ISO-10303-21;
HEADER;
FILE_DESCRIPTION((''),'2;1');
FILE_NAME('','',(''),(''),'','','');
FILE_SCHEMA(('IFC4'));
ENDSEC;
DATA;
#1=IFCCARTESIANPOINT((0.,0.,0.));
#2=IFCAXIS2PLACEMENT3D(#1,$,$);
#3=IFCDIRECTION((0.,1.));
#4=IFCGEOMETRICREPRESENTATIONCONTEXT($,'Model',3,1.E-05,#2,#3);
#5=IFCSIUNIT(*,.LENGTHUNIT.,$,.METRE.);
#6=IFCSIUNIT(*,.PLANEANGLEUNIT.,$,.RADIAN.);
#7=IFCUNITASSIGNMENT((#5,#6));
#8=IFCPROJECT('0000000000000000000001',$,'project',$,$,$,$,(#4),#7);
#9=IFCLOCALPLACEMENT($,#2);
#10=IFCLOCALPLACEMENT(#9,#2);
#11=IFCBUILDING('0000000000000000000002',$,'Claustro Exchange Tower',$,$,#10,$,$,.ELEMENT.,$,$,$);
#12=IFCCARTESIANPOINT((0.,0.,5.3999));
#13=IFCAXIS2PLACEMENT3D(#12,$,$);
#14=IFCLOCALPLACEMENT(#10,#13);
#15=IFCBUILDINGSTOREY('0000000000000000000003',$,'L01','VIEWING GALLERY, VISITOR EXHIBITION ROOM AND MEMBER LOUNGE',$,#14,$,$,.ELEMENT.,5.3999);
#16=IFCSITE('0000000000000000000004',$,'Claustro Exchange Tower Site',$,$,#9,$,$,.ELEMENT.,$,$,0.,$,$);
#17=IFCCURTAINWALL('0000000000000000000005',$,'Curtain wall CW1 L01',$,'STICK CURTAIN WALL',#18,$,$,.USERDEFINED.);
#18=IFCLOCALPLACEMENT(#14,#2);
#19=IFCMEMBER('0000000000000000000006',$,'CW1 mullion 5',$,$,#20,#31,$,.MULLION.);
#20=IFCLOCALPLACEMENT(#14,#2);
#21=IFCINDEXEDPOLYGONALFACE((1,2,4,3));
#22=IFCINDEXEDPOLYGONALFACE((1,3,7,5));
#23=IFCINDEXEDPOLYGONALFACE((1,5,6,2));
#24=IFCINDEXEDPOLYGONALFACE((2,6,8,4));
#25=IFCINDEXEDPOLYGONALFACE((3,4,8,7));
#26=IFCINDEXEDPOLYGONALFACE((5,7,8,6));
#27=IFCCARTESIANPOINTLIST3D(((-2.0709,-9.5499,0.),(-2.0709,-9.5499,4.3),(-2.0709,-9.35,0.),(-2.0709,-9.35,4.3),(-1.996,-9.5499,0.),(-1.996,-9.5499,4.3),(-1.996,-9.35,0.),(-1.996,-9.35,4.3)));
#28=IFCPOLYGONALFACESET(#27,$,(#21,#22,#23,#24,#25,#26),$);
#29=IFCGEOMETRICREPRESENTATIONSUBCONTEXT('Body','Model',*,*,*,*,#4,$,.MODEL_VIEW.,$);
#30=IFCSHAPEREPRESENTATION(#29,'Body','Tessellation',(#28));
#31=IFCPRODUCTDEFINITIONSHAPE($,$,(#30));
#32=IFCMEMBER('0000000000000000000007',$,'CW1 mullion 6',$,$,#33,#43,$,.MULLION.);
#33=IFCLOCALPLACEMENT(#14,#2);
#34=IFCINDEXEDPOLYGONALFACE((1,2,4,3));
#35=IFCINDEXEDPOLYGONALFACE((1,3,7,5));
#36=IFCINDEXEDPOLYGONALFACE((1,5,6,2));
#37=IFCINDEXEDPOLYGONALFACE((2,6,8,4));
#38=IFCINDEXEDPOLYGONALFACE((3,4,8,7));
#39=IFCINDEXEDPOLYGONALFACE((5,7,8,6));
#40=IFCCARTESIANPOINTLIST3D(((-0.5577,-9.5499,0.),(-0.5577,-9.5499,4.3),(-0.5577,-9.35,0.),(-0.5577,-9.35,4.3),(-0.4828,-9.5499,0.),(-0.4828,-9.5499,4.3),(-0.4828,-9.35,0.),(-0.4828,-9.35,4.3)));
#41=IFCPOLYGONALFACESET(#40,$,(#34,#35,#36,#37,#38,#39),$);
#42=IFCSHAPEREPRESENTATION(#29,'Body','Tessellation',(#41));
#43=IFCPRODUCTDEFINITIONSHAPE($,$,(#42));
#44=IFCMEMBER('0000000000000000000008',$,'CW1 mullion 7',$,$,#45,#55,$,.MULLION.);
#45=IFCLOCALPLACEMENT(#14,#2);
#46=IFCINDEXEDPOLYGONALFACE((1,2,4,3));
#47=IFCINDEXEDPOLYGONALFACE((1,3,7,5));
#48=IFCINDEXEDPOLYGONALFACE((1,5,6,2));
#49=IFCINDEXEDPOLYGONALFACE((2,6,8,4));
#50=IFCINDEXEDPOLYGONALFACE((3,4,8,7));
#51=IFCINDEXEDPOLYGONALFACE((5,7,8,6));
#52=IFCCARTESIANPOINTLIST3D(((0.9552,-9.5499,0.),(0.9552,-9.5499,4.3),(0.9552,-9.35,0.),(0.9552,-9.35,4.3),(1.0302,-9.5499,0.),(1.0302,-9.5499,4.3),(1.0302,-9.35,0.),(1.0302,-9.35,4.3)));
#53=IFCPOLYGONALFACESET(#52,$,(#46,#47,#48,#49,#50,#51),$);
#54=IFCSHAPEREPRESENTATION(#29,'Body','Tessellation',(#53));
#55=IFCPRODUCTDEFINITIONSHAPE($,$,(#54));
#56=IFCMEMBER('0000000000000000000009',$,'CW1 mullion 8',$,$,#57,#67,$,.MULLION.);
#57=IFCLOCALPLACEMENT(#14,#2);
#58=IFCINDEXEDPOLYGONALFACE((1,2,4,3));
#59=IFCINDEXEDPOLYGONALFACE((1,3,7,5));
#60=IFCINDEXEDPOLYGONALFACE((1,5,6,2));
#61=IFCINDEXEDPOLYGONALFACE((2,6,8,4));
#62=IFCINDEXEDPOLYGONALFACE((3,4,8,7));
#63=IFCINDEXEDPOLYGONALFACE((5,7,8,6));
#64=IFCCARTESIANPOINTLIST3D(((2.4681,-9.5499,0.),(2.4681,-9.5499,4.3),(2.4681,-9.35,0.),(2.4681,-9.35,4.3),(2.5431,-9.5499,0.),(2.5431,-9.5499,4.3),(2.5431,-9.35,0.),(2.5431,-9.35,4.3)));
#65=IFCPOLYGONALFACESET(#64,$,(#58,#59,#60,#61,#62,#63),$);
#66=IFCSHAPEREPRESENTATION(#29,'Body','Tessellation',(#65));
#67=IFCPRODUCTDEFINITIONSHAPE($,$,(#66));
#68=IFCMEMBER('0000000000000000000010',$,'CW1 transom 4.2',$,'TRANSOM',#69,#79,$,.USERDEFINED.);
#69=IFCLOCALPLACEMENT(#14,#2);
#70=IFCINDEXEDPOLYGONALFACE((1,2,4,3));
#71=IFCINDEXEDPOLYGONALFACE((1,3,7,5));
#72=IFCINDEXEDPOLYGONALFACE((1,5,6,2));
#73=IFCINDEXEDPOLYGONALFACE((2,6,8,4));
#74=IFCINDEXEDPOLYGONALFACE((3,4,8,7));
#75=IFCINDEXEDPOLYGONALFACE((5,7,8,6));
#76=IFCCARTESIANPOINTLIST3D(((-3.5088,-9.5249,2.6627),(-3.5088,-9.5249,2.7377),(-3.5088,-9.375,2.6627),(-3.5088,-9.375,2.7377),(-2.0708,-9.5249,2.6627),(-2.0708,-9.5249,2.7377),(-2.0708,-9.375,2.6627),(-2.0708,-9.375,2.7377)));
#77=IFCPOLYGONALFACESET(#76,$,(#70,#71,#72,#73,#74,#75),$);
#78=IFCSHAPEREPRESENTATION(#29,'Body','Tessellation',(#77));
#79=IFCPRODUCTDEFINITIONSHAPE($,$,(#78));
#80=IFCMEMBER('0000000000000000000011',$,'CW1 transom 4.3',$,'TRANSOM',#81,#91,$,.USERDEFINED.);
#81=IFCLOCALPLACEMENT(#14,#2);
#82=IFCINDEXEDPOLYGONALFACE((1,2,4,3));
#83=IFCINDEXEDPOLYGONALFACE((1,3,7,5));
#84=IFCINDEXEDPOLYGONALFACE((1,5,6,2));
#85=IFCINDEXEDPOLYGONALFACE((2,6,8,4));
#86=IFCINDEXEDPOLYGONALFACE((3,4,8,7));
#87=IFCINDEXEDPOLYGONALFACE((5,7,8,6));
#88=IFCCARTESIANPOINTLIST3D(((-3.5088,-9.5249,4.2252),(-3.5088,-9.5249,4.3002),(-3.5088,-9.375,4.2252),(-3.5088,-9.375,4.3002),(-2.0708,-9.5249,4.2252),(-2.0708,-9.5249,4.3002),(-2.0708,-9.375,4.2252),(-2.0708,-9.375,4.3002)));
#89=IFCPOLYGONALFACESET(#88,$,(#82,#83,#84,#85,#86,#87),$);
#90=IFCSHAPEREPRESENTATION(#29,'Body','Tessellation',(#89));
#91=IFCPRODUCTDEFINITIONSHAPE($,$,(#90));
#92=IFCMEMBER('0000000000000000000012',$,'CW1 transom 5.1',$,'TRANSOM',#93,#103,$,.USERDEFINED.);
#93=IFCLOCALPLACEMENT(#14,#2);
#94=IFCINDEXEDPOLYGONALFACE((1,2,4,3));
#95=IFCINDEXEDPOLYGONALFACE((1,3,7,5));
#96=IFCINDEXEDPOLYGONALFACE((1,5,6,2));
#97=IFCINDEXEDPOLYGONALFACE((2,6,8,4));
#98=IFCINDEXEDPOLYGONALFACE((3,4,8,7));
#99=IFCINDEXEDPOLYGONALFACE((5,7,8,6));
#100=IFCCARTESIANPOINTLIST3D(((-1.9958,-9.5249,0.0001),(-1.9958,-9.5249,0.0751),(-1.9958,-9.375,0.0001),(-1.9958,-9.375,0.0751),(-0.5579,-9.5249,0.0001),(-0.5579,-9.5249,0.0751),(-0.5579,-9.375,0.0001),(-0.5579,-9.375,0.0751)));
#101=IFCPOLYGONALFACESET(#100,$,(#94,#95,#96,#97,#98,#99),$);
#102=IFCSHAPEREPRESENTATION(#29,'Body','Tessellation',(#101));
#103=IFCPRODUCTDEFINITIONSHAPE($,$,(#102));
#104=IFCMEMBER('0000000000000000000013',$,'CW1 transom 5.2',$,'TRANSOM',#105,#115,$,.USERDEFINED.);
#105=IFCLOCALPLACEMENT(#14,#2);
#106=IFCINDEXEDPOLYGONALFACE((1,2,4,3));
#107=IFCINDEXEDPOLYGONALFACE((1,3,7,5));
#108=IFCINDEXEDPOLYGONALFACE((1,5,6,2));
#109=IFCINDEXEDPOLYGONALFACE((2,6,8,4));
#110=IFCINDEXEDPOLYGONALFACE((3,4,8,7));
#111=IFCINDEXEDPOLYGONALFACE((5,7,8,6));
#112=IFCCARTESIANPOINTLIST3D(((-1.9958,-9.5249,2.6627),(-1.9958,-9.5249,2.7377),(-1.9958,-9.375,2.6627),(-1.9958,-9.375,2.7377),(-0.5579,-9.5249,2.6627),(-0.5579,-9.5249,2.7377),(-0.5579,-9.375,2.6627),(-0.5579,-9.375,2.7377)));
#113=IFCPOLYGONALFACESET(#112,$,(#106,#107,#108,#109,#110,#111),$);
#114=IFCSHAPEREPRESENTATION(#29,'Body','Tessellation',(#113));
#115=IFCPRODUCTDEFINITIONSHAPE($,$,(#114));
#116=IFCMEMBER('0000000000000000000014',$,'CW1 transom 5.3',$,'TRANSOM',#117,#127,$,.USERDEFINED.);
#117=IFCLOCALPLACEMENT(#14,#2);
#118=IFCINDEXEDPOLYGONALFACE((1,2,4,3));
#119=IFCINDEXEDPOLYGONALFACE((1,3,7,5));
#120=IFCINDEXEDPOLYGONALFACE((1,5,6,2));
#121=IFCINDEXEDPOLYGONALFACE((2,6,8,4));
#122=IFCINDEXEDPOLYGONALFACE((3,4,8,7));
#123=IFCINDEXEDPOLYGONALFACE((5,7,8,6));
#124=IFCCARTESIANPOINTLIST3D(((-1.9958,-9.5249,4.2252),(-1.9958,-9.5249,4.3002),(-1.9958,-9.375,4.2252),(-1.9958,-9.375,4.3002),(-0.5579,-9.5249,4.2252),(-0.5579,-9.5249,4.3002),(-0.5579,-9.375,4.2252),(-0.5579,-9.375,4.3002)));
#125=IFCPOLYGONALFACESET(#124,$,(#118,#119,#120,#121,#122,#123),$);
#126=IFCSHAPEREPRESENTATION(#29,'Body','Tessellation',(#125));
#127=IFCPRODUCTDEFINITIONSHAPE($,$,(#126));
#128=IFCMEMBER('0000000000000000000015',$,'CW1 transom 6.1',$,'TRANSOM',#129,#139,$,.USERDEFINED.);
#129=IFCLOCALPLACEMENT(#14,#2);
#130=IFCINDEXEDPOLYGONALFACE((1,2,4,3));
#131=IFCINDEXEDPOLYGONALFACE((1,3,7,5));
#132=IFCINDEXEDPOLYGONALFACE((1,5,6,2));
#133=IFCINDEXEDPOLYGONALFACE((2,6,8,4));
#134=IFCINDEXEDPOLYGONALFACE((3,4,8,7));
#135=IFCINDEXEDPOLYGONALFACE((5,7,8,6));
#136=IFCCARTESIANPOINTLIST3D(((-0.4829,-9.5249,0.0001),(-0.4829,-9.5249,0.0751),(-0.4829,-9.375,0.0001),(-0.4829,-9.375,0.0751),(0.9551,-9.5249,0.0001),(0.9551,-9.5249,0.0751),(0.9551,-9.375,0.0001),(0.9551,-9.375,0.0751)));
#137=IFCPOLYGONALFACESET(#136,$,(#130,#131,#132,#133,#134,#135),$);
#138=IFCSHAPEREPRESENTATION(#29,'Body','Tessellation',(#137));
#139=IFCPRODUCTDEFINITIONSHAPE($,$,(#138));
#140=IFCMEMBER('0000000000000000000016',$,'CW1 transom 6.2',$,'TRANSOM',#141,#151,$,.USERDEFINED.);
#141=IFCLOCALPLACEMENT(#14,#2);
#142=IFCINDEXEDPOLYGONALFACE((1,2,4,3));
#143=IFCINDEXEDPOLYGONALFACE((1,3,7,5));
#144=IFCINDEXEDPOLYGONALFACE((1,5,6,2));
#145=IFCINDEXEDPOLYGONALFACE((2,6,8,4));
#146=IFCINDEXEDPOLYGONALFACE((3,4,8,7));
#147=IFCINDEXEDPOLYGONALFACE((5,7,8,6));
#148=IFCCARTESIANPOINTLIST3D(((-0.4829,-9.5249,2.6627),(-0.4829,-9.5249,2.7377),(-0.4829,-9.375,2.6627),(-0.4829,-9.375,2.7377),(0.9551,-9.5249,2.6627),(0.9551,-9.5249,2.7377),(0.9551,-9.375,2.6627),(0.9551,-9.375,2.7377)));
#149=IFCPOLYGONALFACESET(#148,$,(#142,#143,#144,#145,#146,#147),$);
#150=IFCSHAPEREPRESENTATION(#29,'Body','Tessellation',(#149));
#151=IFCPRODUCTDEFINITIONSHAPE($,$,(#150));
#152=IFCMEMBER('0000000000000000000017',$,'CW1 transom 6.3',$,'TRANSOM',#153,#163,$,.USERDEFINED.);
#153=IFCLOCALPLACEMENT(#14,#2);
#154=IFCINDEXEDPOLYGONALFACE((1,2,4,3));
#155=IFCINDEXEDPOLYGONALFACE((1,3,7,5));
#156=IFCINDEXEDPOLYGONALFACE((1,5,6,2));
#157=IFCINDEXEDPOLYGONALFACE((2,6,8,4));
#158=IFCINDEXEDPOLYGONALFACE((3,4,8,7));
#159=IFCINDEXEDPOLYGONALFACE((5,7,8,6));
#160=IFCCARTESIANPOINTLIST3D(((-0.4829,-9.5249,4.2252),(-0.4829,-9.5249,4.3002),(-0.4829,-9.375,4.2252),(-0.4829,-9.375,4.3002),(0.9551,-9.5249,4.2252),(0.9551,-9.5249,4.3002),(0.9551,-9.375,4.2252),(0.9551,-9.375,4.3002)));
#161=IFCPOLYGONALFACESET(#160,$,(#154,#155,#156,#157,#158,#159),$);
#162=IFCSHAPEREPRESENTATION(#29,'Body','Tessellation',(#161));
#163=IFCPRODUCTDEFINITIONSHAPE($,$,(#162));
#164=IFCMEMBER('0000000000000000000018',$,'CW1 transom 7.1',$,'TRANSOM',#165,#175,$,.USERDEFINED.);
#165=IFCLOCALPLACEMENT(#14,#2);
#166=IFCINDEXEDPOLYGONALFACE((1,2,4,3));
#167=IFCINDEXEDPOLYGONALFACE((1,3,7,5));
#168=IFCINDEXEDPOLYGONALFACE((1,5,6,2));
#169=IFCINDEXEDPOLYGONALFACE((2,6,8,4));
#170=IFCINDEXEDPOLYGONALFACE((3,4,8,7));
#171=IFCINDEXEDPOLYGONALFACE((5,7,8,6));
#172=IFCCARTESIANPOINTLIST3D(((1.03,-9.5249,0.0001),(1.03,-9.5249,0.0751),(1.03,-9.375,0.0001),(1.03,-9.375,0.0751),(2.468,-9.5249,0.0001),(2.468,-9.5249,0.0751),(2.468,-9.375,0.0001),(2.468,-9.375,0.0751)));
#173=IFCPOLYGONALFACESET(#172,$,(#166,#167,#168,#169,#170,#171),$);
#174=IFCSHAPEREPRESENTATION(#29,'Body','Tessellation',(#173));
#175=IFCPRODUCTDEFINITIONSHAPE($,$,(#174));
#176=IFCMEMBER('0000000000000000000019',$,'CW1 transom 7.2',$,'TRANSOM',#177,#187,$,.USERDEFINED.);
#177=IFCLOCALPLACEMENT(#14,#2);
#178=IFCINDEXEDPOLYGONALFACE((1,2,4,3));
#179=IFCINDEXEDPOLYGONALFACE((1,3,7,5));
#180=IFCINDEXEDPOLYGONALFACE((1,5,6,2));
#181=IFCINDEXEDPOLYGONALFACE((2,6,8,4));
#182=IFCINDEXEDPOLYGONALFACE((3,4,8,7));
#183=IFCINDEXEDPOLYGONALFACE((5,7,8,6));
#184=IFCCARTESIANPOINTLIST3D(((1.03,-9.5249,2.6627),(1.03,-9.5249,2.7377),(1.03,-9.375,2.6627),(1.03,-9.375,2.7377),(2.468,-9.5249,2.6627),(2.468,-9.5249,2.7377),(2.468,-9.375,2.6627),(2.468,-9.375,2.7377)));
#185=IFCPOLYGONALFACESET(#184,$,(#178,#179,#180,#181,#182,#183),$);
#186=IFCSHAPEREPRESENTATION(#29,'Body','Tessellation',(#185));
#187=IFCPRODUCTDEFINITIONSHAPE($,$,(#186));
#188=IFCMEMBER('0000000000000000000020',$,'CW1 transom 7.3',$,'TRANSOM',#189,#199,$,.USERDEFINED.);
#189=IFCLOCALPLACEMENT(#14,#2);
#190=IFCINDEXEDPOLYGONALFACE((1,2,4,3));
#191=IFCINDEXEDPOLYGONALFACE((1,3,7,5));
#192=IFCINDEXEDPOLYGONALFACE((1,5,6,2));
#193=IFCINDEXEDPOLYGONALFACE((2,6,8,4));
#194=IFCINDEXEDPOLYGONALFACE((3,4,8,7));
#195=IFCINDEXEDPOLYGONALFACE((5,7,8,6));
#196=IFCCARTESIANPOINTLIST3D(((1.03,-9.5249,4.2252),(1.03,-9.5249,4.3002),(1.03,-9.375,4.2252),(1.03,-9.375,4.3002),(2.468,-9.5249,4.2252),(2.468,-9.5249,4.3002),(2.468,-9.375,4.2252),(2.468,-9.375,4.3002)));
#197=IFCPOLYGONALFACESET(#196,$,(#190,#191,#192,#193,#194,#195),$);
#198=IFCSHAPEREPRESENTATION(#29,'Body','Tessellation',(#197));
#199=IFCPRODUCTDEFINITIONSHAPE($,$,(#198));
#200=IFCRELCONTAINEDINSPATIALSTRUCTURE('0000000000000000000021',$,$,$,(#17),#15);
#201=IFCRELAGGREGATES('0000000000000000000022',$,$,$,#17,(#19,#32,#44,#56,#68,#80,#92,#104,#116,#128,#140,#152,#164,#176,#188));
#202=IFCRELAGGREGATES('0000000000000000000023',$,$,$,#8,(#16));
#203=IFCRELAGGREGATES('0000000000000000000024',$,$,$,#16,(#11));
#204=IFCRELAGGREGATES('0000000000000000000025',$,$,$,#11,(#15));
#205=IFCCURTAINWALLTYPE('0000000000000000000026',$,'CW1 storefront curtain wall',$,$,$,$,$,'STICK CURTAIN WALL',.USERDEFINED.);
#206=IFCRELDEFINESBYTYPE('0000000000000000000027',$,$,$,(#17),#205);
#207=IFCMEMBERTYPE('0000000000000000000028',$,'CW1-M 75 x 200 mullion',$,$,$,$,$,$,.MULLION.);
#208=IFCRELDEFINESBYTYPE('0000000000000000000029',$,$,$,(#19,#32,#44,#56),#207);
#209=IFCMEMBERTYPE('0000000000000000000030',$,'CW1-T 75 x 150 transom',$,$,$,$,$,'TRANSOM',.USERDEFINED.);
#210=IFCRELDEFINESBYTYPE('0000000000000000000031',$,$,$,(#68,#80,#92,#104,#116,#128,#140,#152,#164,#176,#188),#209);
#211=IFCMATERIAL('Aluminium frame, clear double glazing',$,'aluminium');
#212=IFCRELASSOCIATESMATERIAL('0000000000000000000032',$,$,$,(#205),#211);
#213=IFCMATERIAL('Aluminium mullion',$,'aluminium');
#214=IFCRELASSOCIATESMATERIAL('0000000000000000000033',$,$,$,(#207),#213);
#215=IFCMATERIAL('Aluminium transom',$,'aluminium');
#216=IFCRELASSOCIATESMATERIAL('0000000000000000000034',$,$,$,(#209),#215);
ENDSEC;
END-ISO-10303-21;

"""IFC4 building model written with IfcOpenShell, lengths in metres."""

from ifc_helpers import new_model, si_unit, direction, frame, origin, origin_2d, place, context, subcontext, project, spatial, rectangle, extrude, material, material_profile, profile_set, type_object, element, aggregate, save


model = new_model("IFC4")

# Units and contexts
model_context = context("Model", 3, precision=1e-05, world=origin(), true_north=direction((0.0, 1.0)))
body_context = subcontext(model_context, "Body", "Model", "MODEL_VIEW")
ifc_project = project(units=[si_unit("LENGTHUNIT", "METRE"), si_unit("PLANEANGLEUNIT", "RADIAN")], contexts=[model_context])

# Site, building, storey
site_placement = place(None, origin())
site = spatial("IfcSite", under=ifc_project, at=site_placement, Name="Claustro Exchange Tower Site", CompositionType="ELEMENT", RefElevation=0.0)
building_placement = place(site_placement, origin())
building = spatial("IfcBuilding", under=site, at=building_placement, Name="Claustro Exchange Tower", CompositionType="ELEMENT")
storey_placement = place(building_placement, frame((0.0, 0.0, 5.3999)))
storey = spatial("IfcBuildingStorey", under=building, at=storey_placement, Name="L01", Description="VIEWING GALLERY, VISITOR EXHIBITION ROOM AND MEMBER LOUNGE", CompositionType="ELEMENT", Elevation=5.3999)

# Curtain wall, members
ifc_material_1 = material(Name="Aluminium frame, clear double glazing", Category="aluminium")
curtain_wall_type = type_object("IfcCurtainWallType", Name="CW1 storefront curtain wall", ElementType="STICK CURTAIN WALL", PredefinedType="USERDEFINED", material=ifc_material_1)
curtain_wall_placement = place(storey_placement, origin())
curtain_wall = element("IfcCurtainWall", 1, at=curtain_wall_placement, inside=storey, type_object=curtain_wall_type, Name="Curtain wall CW1 L01", ObjectType="STICK CURTAIN WALL", PredefinedType="USERDEFINED")
ifc_material_2 = material(Name="Aluminium mullion", Category="aluminium")
ifc_material_profile_1 = material_profile(ifc_material_2, rectangle(XDim=0.2, YDim=0.075, at=origin_2d()), Name="CW1-M 75x200")
ifc_profile_set_1 = profile_set([ifc_material_profile_1], Name="Aluminium mullion")
member_type_1 = type_object("IfcMemberType", Name="CW1-M 75 x 200 mullion", PredefinedType="MULLION", material=ifc_profile_set_1)
member_1_placement = place(storey_placement, frame((-2.0334, -9.45, 0.0), z_axis=(0.0, 0.0, 1.0), x_axis=(0.0, 1.0, 0.0)))
member_1 = element("IfcMember", 2, at=member_1_placement, type_object=member_type_1, Name="CW1 mullion 5", PredefinedType="MULLION", context=body_context, shape_type="SweptSolid", body=[
    extrude(rectangle(XDim=0.2, YDim=0.075, at=origin_2d()), origin(), (0.0, 0.0, 1.0), 4.3),
])
member_2_placement = place(storey_placement, frame((-0.5203, -9.45, 0.0), z_axis=(0.0, 0.0, 1.0), x_axis=(0.0, 1.0, 0.0)))
member_2 = element("IfcMember", 3, at=member_2_placement, type_object=member_type_1, Name="CW1 mullion 6", PredefinedType="MULLION", context=body_context, shape_type="SweptSolid", body=[
    extrude(rectangle(XDim=0.2, YDim=0.075, at=origin_2d()), origin(), (0.0, 0.0, 1.0), 4.3),
])
member_3_placement = place(storey_placement, frame((0.9927, -9.45, 0.0), z_axis=(0.0, 0.0, 1.0), x_axis=(0.0, 1.0, 0.0)))
member_3 = element("IfcMember", 4, at=member_3_placement, type_object=member_type_1, Name="CW1 mullion 7", PredefinedType="MULLION", context=body_context, shape_type="SweptSolid", body=[
    extrude(rectangle(XDim=0.2, YDim=0.075, at=origin_2d()), origin(), (0.0, 0.0, 1.0), 4.3),
])
member_4_placement = place(storey_placement, frame((2.5056, -9.45, 0.0), z_axis=(0.0, 0.0, 1.0), x_axis=(0.0, 1.0, 0.0)))
member_4 = element("IfcMember", 5, at=member_4_placement, type_object=member_type_1, Name="CW1 mullion 8", PredefinedType="MULLION", context=body_context, shape_type="SweptSolid", body=[
    extrude(rectangle(XDim=0.2, YDim=0.075, at=origin_2d()), origin(), (0.0, 0.0, 1.0), 4.3),
])
ifc_material_3 = material(Name="Aluminium transom", Category="aluminium")
ifc_material_profile_2 = material_profile(ifc_material_3, rectangle(XDim=0.1499, YDim=0.075, at=origin_2d()), Name="CW1-T 75x150")
ifc_profile_set_2 = profile_set([ifc_material_profile_2], Name="Aluminium transom")
member_type_2 = type_object("IfcMemberType", Name="CW1-T 75 x 150 transom", ElementType="TRANSOM", PredefinedType="USERDEFINED", material=ifc_profile_set_2)
member_5_placement = place(storey_placement, frame((-3.5088, -9.45, 2.7002), z_axis=(1.0, 0.0, 0.0), x_axis=(0.0, 1.0, 0.0)))
member_5 = element("IfcMember", 6, at=member_5_placement, type_object=member_type_2, Name="CW1 transom 4.2", ObjectType="TRANSOM", PredefinedType="USERDEFINED", context=body_context, shape_type="SweptSolid", body=[
    extrude(rectangle(XDim=0.1499, YDim=0.075, at=origin_2d()), origin(), (0.0, 0.0, 1.0), 1.438),
])
member_6_placement = place(storey_placement, frame((-3.5088, -9.45, 4.2627), z_axis=(1.0, 0.0, 0.0), x_axis=(0.0, 1.0, 0.0)))
member_6 = element("IfcMember", 7, at=member_6_placement, type_object=member_type_2, Name="CW1 transom 4.3", ObjectType="TRANSOM", PredefinedType="USERDEFINED", context=body_context, shape_type="SweptSolid", body=[
    extrude(rectangle(XDim=0.1499, YDim=0.075, at=origin_2d()), origin(), (0.0, 0.0, 1.0), 1.438),
])
member_7_placement = place(storey_placement, frame((-1.9958, -9.45, 0.0376), z_axis=(1.0, 0.0, 0.0), x_axis=(0.0, 1.0, 0.0)))
member_7 = element("IfcMember", 8, at=member_7_placement, type_object=member_type_2, Name="CW1 transom 5.1", ObjectType="TRANSOM", PredefinedType="USERDEFINED", context=body_context, shape_type="SweptSolid", body=[
    extrude(rectangle(XDim=0.1499, YDim=0.075, at=origin_2d()), origin(), (0.0, 0.0, 1.0), 1.438),
])
member_8_placement = place(storey_placement, frame((-1.9958, -9.45, 2.7002), z_axis=(1.0, 0.0, 0.0), x_axis=(0.0, 1.0, 0.0)))
member_8 = element("IfcMember", 9, at=member_8_placement, type_object=member_type_2, Name="CW1 transom 5.2", ObjectType="TRANSOM", PredefinedType="USERDEFINED", context=body_context, shape_type="SweptSolid", body=[
    extrude(rectangle(XDim=0.1499, YDim=0.075, at=origin_2d()), origin(), (0.0, 0.0, 1.0), 1.438),
])
member_9_placement = place(storey_placement, frame((-1.9958, -9.45, 4.2627), z_axis=(1.0, 0.0, 0.0), x_axis=(0.0, 1.0, 0.0)))
member_9 = element("IfcMember", 10, at=member_9_placement, type_object=member_type_2, Name="CW1 transom 5.3", ObjectType="TRANSOM", PredefinedType="USERDEFINED", context=body_context, shape_type="SweptSolid", body=[
    extrude(rectangle(XDim=0.1499, YDim=0.075, at=origin_2d()), origin(), (0.0, 0.0, 1.0), 1.438),
])
member_10_placement = place(storey_placement, frame((-0.4829, -9.45, 0.0376), z_axis=(1.0, 0.0, 0.0), x_axis=(0.0, 1.0, 0.0)))
member_10 = element("IfcMember", 11, at=member_10_placement, type_object=member_type_2, Name="CW1 transom 6.1", ObjectType="TRANSOM", PredefinedType="USERDEFINED", context=body_context, shape_type="SweptSolid", body=[
    extrude(rectangle(XDim=0.1499, YDim=0.075, at=origin_2d()), origin(), (0.0, 0.0, 1.0), 1.438),
])
member_11_placement = place(storey_placement, frame((-0.4829, -9.45, 2.7002), z_axis=(1.0, 0.0, 0.0), x_axis=(0.0, 1.0, 0.0)))
member_11 = element("IfcMember", 12, at=member_11_placement, type_object=member_type_2, Name="CW1 transom 6.2", ObjectType="TRANSOM", PredefinedType="USERDEFINED", context=body_context, shape_type="SweptSolid", body=[
    extrude(rectangle(XDim=0.1499, YDim=0.075, at=origin_2d()), origin(), (0.0, 0.0, 1.0), 1.438),
])
member_12_placement = place(storey_placement, frame((-0.4829, -9.45, 4.2627), z_axis=(1.0, 0.0, 0.0), x_axis=(0.0, 1.0, 0.0)))
member_12 = element("IfcMember", 13, at=member_12_placement, type_object=member_type_2, Name="CW1 transom 6.3", ObjectType="TRANSOM", PredefinedType="USERDEFINED", context=body_context, shape_type="SweptSolid", body=[
    extrude(rectangle(XDim=0.1499, YDim=0.075, at=origin_2d()), origin(), (0.0, 0.0, 1.0), 1.438),
])
member_13_placement = place(storey_placement, frame((1.03, -9.45, 0.0376), z_axis=(1.0, 0.0, 0.0), x_axis=(0.0, 1.0, 0.0)))
member_13 = element("IfcMember", 14, at=member_13_placement, type_object=member_type_2, Name="CW1 transom 7.1", ObjectType="TRANSOM", PredefinedType="USERDEFINED", context=body_context, shape_type="SweptSolid", body=[
    extrude(rectangle(XDim=0.1499, YDim=0.075, at=origin_2d()), origin(), (0.0, 0.0, 1.0), 1.438),
])
member_14_placement = place(storey_placement, frame((1.03, -9.45, 2.7002), z_axis=(1.0, 0.0, 0.0), x_axis=(0.0, 1.0, 0.0)))
member_14 = element("IfcMember", 15, at=member_14_placement, type_object=member_type_2, Name="CW1 transom 7.2", ObjectType="TRANSOM", PredefinedType="USERDEFINED", context=body_context, shape_type="SweptSolid", body=[
    extrude(rectangle(XDim=0.1499, YDim=0.075, at=origin_2d()), origin(), (0.0, 0.0, 1.0), 1.438),
])
member_15_placement = place(storey_placement, frame((1.03, -9.45, 4.2627), z_axis=(1.0, 0.0, 0.0), x_axis=(0.0, 1.0, 0.0)))
member_15 = element("IfcMember", 16, at=member_15_placement, type_object=member_type_2, Name="CW1 transom 7.3", ObjectType="TRANSOM", PredefinedType="USERDEFINED", context=body_context, shape_type="SweptSolid", body=[
    extrude(rectangle(XDim=0.1499, YDim=0.075, at=origin_2d()), origin(), (0.0, 0.0, 1.0), 1.438),
])
aggregate(curtain_wall, [member_1, member_2, member_3, member_4, member_5, member_6, member_7, member_8, member_9, member_10, member_11, member_12, member_13, member_14, member_15])

save(model, "model.ifc")
